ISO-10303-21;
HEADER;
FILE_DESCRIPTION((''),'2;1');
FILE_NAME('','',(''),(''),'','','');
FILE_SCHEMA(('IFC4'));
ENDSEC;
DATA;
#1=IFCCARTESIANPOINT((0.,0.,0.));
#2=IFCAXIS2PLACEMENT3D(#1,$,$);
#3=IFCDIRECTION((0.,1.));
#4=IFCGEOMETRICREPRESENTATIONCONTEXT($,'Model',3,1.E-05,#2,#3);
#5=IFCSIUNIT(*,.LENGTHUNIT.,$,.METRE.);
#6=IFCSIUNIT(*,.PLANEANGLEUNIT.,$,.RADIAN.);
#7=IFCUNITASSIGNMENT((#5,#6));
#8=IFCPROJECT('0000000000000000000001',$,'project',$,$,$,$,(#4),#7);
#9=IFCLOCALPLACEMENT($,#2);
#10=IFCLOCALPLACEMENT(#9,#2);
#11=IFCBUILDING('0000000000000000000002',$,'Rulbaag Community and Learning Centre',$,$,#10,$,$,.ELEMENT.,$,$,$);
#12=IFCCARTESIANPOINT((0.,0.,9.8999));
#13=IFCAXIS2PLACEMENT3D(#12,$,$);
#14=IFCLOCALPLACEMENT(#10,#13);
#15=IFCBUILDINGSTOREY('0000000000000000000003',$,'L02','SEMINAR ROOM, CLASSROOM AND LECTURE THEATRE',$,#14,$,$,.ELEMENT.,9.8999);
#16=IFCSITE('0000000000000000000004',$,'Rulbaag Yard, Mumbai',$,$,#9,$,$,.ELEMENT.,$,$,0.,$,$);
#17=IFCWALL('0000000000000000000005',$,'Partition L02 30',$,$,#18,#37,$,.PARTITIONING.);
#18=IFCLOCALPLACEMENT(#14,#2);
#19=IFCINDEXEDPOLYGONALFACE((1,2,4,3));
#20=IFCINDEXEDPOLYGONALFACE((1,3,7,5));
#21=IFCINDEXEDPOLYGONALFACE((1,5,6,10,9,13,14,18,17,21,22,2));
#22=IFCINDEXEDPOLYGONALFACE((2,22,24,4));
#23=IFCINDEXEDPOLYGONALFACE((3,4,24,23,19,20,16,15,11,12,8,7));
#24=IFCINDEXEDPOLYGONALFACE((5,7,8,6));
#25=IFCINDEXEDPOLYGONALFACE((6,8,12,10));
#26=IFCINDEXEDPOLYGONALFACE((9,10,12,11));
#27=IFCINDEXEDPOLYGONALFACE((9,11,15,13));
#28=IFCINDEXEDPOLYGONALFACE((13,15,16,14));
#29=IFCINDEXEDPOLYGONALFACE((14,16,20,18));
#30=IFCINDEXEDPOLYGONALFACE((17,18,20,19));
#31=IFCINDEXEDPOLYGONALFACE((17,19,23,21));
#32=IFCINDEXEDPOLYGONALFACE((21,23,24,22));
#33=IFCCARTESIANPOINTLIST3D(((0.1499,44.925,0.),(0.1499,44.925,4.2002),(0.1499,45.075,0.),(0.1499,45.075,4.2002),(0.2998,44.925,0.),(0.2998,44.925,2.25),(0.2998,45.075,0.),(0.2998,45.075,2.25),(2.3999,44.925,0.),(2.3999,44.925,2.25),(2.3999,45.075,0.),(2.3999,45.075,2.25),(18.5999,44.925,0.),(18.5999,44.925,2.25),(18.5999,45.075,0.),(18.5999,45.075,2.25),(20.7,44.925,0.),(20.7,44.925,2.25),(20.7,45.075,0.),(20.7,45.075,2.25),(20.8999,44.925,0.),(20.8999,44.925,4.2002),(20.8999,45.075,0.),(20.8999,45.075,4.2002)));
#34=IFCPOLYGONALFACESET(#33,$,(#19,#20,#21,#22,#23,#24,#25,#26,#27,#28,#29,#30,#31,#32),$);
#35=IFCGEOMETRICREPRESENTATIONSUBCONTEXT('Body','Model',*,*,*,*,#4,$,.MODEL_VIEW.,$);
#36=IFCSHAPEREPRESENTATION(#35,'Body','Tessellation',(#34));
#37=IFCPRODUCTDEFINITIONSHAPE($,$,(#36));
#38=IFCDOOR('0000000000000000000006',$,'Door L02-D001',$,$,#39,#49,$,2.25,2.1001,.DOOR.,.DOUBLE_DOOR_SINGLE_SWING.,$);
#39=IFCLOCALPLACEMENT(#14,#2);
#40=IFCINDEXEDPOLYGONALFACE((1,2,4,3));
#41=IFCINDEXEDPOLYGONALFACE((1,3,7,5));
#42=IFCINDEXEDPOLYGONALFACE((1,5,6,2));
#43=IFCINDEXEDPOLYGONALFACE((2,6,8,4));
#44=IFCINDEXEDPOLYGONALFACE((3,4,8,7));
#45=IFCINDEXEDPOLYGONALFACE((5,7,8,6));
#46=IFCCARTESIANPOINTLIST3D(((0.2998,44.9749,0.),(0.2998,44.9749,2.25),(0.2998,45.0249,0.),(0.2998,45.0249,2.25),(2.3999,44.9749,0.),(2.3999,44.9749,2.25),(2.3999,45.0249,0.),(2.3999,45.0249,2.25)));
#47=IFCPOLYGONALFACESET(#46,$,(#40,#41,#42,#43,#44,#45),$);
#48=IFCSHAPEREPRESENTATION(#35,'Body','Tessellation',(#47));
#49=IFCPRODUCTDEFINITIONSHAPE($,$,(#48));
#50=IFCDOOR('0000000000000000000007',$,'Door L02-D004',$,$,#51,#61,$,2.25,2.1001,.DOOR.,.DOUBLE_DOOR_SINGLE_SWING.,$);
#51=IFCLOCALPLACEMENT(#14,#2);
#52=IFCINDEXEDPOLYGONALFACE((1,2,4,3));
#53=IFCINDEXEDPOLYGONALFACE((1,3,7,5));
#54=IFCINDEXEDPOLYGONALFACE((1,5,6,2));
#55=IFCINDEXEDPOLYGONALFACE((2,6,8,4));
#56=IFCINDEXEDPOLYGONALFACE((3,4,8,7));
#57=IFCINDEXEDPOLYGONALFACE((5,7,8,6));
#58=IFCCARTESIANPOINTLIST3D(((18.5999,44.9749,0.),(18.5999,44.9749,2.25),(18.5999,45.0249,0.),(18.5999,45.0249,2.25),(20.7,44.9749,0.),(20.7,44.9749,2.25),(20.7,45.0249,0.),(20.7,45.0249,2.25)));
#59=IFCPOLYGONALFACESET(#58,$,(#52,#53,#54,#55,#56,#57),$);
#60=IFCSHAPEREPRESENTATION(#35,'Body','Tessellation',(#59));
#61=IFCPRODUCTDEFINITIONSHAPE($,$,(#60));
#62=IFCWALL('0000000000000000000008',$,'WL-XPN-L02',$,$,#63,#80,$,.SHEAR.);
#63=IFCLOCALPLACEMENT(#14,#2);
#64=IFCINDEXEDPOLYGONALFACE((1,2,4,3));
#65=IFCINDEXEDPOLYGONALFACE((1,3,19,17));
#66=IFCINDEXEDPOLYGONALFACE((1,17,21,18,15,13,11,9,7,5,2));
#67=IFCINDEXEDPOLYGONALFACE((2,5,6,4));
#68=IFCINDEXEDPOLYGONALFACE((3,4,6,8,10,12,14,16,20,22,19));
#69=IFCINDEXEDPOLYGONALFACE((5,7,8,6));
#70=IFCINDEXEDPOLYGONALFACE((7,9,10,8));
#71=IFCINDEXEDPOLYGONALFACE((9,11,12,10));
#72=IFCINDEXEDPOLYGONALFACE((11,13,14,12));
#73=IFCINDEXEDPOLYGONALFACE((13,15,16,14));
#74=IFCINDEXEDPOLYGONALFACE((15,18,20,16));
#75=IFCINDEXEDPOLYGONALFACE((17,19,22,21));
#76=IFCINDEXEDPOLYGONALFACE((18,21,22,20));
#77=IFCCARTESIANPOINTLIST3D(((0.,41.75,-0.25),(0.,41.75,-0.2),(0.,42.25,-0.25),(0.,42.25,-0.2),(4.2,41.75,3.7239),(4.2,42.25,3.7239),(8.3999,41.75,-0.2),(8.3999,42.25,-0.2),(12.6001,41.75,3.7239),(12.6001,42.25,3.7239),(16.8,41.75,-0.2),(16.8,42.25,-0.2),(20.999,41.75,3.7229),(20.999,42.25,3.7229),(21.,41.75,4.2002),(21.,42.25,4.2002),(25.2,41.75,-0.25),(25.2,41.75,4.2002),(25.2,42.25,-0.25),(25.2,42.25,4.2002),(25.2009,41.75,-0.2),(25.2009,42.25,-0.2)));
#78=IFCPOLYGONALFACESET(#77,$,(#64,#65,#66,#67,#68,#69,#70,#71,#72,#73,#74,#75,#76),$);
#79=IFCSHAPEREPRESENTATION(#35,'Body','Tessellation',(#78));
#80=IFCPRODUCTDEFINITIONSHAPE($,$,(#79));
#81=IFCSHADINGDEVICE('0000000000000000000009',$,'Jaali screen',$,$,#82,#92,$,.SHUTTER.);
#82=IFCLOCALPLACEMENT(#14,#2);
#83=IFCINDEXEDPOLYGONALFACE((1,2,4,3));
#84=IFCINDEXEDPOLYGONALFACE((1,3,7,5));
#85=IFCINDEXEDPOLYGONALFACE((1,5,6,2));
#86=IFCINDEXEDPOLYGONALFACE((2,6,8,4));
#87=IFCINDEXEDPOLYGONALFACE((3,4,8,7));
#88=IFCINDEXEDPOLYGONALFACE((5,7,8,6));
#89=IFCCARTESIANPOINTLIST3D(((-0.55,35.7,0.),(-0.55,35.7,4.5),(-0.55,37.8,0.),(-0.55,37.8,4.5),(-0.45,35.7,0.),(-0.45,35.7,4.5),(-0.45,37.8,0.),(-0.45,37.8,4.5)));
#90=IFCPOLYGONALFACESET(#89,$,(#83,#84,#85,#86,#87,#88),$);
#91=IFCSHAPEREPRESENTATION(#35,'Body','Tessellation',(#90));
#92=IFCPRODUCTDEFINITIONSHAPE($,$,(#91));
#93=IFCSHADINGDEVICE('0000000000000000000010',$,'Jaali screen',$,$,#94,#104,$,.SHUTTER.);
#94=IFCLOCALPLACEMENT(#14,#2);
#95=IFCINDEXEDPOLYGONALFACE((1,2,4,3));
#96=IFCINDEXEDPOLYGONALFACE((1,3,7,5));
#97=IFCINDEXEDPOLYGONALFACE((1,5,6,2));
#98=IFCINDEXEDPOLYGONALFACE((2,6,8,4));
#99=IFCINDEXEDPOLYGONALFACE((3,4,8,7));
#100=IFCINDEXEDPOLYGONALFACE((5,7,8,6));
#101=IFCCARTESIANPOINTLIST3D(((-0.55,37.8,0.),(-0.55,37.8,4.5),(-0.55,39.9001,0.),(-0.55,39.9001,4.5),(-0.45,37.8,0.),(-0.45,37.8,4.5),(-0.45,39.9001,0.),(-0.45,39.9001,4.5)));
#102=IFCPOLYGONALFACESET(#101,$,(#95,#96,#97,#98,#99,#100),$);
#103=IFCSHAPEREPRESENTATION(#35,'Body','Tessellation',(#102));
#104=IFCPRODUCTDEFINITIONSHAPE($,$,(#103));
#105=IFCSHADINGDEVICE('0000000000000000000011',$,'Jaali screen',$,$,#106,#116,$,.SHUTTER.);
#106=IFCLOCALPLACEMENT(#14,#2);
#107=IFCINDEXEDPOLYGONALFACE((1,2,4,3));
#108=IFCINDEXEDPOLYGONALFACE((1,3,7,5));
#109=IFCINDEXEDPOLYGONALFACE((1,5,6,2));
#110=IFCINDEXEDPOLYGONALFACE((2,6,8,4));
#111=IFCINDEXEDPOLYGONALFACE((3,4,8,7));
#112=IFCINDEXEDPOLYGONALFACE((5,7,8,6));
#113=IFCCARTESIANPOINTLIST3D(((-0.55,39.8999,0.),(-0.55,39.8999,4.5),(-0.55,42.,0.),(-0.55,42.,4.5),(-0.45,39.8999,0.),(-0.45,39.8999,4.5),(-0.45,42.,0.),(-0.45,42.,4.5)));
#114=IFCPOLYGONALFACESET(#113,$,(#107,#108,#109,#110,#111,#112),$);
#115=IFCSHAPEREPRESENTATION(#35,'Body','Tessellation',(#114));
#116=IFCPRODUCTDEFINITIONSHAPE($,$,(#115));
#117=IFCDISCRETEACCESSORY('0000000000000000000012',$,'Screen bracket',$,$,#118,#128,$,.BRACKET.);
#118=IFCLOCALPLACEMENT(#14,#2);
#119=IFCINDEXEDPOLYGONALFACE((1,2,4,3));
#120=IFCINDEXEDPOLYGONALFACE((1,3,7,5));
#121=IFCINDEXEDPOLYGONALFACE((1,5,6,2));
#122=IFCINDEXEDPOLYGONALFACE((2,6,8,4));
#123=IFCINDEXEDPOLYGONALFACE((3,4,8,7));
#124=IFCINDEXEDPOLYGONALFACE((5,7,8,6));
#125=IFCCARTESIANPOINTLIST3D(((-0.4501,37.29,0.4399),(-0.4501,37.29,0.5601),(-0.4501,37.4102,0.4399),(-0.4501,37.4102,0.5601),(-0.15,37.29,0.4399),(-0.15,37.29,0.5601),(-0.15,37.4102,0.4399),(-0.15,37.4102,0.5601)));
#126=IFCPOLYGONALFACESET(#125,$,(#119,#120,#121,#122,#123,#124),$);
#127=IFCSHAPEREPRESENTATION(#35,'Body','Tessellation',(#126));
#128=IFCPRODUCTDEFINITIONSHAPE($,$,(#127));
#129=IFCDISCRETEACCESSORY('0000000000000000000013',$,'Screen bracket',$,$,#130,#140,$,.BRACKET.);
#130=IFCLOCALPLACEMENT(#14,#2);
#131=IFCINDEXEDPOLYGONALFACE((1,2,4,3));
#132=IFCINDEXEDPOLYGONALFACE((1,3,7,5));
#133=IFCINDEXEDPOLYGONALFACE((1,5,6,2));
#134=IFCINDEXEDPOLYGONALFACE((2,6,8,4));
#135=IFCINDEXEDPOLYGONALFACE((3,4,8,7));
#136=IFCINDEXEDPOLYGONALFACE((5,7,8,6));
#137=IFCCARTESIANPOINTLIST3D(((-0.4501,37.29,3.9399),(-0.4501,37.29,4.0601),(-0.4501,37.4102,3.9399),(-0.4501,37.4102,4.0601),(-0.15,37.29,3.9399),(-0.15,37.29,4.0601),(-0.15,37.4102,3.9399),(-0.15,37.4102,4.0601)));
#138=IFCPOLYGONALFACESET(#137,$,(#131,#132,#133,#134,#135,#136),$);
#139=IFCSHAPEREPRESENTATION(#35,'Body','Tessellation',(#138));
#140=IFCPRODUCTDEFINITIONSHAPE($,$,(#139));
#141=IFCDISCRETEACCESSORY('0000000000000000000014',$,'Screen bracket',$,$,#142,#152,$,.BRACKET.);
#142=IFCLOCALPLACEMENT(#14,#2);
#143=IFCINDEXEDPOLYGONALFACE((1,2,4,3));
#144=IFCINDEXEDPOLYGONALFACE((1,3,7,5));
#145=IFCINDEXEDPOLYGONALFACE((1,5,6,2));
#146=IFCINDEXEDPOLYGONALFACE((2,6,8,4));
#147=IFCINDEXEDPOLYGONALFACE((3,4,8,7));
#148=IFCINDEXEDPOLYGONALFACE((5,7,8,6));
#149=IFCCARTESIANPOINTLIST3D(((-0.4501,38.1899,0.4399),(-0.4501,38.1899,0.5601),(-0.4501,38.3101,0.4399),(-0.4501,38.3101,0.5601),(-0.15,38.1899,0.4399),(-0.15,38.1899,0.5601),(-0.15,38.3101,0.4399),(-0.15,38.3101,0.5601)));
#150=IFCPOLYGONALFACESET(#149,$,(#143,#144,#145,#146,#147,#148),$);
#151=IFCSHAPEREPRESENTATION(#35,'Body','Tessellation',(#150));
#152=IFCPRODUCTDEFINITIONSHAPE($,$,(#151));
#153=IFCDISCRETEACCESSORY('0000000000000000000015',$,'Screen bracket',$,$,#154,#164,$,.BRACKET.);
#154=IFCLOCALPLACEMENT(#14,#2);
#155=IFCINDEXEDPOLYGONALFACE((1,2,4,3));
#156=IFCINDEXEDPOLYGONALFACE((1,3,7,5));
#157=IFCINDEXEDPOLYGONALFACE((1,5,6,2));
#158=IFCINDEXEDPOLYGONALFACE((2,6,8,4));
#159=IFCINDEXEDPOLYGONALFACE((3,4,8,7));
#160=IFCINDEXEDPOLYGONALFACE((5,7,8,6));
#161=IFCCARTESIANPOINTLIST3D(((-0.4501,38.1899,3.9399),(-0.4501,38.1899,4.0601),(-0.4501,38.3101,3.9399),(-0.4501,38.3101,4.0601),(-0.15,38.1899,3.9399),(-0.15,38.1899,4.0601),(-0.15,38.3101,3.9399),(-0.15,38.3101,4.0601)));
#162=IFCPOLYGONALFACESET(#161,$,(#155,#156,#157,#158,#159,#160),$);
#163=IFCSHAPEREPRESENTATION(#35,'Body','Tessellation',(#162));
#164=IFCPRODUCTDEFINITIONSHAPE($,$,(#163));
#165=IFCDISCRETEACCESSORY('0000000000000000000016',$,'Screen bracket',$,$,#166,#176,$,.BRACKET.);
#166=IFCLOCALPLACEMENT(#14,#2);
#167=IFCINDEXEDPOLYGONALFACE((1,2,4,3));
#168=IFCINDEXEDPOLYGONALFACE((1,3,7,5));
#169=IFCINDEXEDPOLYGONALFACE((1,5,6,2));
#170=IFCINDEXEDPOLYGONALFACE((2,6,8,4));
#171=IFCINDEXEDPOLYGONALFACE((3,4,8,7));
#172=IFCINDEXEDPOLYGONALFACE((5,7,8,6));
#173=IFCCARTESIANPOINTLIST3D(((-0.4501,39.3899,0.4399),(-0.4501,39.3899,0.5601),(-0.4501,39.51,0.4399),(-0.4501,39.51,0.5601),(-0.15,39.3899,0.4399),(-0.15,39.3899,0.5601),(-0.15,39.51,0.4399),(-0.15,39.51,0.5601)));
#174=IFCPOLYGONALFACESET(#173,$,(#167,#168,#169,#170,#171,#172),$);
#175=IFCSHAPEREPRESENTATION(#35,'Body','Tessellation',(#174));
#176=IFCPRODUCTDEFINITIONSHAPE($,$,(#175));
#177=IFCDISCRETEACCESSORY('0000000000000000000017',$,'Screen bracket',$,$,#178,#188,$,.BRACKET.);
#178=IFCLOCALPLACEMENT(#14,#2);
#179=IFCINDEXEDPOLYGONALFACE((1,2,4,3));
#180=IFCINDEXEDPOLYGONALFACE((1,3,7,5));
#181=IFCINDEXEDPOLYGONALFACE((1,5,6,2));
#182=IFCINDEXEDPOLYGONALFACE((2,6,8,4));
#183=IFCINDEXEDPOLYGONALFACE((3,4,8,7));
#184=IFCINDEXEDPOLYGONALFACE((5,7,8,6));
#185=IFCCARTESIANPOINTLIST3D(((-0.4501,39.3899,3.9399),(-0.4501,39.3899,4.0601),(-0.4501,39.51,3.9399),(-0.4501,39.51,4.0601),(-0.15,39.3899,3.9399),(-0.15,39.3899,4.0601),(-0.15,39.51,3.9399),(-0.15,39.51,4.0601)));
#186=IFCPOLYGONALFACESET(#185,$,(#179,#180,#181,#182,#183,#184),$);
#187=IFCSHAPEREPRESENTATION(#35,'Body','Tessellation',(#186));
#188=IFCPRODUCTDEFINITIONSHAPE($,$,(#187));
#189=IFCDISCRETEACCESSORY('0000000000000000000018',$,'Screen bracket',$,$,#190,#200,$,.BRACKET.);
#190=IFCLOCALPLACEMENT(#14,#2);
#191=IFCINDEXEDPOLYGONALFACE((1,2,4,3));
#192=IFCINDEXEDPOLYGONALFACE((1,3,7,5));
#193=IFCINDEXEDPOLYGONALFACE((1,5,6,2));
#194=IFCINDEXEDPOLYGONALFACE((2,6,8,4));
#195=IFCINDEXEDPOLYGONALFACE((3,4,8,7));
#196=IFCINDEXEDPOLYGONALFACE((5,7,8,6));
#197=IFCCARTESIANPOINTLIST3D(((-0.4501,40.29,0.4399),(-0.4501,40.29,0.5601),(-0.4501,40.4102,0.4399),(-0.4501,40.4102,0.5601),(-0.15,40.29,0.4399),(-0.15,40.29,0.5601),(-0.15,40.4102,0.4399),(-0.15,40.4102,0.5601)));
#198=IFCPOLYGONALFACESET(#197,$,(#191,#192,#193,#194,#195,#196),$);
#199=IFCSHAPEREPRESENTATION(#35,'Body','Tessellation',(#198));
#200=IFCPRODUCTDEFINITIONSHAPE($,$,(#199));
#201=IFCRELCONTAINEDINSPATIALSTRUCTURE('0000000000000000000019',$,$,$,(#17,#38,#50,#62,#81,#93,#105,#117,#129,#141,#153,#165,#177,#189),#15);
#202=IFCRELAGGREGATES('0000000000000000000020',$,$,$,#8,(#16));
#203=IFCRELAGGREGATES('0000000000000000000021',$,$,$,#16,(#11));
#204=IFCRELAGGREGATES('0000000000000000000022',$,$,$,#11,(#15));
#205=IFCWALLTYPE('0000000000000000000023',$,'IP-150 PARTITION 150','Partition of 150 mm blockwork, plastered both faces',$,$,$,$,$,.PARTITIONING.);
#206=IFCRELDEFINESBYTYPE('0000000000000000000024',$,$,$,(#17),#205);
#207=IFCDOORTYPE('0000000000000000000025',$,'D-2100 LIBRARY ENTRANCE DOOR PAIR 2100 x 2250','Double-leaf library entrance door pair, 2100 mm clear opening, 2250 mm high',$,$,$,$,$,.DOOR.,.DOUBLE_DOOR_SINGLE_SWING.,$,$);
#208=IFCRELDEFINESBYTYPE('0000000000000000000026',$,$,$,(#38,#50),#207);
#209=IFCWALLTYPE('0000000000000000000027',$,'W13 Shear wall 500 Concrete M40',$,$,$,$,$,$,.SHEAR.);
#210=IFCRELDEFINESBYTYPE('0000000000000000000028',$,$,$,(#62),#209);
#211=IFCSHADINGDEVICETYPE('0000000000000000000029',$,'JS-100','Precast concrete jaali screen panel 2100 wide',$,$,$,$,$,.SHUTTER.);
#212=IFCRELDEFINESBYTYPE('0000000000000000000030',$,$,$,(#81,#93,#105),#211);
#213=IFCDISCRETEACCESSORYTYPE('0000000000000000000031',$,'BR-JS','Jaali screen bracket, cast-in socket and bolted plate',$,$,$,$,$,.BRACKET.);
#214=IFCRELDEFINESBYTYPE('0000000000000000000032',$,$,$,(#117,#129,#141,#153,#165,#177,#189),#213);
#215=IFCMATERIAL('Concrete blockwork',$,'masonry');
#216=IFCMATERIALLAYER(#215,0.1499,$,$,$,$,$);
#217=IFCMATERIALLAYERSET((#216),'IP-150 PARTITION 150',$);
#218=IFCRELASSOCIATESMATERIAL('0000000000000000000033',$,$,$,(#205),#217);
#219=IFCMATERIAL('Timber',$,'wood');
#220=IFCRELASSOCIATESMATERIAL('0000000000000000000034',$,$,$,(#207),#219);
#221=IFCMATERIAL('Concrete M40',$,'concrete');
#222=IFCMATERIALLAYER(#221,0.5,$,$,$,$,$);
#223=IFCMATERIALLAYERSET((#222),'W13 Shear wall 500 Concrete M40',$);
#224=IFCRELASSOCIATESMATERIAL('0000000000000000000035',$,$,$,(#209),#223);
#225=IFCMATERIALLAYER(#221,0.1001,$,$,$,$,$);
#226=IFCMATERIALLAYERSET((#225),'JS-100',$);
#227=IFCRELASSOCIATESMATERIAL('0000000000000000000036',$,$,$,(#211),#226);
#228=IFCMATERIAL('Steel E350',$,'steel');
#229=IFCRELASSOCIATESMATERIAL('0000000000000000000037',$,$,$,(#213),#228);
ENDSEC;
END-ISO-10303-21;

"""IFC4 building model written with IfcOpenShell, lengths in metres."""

from ifc_helpers import new_model, si_unit, direction, frame, frame_2d, origin, origin_2d, place, context, subcontext, project, spatial, polyline, rectangle, outline, extrude, material, layer, layer_set, type_object, element, fill, save


model = new_model("IFC4")

# Units and contexts
model_context = context("Model", 3, precision=1e-05, world=origin(), true_north=direction((0.0, 1.0)))
body_context = subcontext(model_context, "Body", "Model", "MODEL_VIEW")
ifc_project = project(units=[si_unit("LENGTHUNIT", "METRE"), si_unit("PLANEANGLEUNIT", "RADIAN")], contexts=[model_context])

# Site, building, storey
site_placement = place(None, origin())
site = spatial("IfcSite", under=ifc_project, at=site_placement, Name="Rulbaag Yard, Mumbai", CompositionType="ELEMENT", RefElevation=0.0)
building_placement = place(site_placement, origin())
building = spatial("IfcBuilding", under=site, at=building_placement, Name="Rulbaag Community and Learning Centre", CompositionType="ELEMENT")
storey_placement = place(building_placement, frame((0.0, 0.0, 9.8999)))
storey = spatial("IfcBuildingStorey", under=building, at=storey_placement, Name="L02", Description="SEMINAR ROOM, CLASSROOM AND LECTURE THEATRE", CompositionType="ELEMENT", Elevation=9.8999)

# Shared definitions
ifc_material_1 = material(Name="Concrete M40", Category="concrete")

# Wall, openings, doors
ifc_material_2 = material(Name="Concrete blockwork", Category="masonry")
ifc_layer_1 = layer(ifc_material_2, 0.1499)
ifc_layer_set_1 = layer_set([ifc_layer_1], Name="IP-150 PARTITION 150")
wall_type_1 = type_object("IfcWallType", Name="IP-150 PARTITION 150", Description="Partition of 150 mm blockwork, plastered both faces", PredefinedType="PARTITIONING", material=ifc_layer_set_1)
wall_1_placement = place(storey_placement, frame((0.1499, 45.0, 0.0), z_axis=(0.0, 0.0, 1.0), x_axis=(1.0, 0.0, 0.0)))
wall_1 = element("IfcWall", 1, at=wall_1_placement, inside=storey, type_object=wall_type_1, Name="Partition L02 30", PredefinedType="PARTITIONING", context=body_context, shape_type="SweptSolid", body=[
    extrude(rectangle(XDim=20.75, YDim=0.1499, at=frame_2d((10.375, 0.0))), origin(), (0.0, 0.0, 1.0), 4.2002),
])
opening_1_placement = place(wall_1_placement, frame((0.1499, 0.0, 0.0)))
opening_1 = element("IfcOpeningElement", 2, at=opening_1_placement, cuts=wall_1, PredefinedType="OPENING", context=body_context, shape_type="SweptSolid", body=[
    extrude(rectangle(XDim=2.1001, YDim=2.25, at=frame_2d((1.05, 1.125))), frame((0.0, 0.085, 0.0), z_axis=(0.0, -1.0, 0.0), x_axis=(1.0, 0.0, 0.0)), (0.0, 0.0, 1.0), 0.1699),
])
opening_2_placement = place(wall_1_placement, frame((18.45, 0.0, 0.0)))
opening_2 = element("IfcOpeningElement", 3, at=opening_2_placement, cuts=wall_1, PredefinedType="OPENING", context=body_context, shape_type="SweptSolid", body=[
    extrude(rectangle(XDim=2.1001, YDim=2.25, at=frame_2d((1.05, 1.125))), frame((0.0, 0.085, 0.0), z_axis=(0.0, -1.0, 0.0), x_axis=(1.0, 0.0, 0.0)), (0.0, 0.0, 1.0), 0.1699),
])
ifc_material_3 = material(Name="Timber", Category="wood")
door_type = type_object("IfcDoorType", Name="D-2100 LIBRARY ENTRANCE DOOR PAIR 2100 x 2250", Description="Double-leaf library entrance door pair, 2100 mm clear opening, 2250 mm high", OperationType="DOUBLE_DOOR_SINGLE_SWING", PredefinedType="DOOR", material=ifc_material_3)
door_1_placement = place(opening_1_placement, origin())
door_1 = element("IfcDoor", 4, at=door_1_placement, inside=storey, type_object=door_type, Name="Door L02-D001", OperationType="DOUBLE_DOOR_SINGLE_SWING", OverallHeight=2.25, OverallWidth=2.1001, PredefinedType="DOOR", context=body_context, shape_type="SweptSolid", body=[
    extrude(rectangle(XDim=2.1001, YDim=2.25, at=frame_2d((1.05, 1.125))), frame((0.0, 0.0249, 0.0), z_axis=(0.0, -1.0, 0.0), x_axis=(1.0, 0.0, 0.0)), (0.0, 0.0, 1.0), 0.05),
])
fill(opening_1, door_1)
door_2_placement = place(opening_2_placement, origin())
door_2 = element("IfcDoor", 5, at=door_2_placement, inside=storey, type_object=door_type, Name="Door L02-D004", OperationType="DOUBLE_DOOR_SINGLE_SWING", OverallHeight=2.25, OverallWidth=2.1001, PredefinedType="DOOR", context=body_context, shape_type="SweptSolid", body=[
    extrude(rectangle(XDim=2.1001, YDim=2.25, at=frame_2d((1.05, 1.125))), frame((0.0, 0.0249, 0.0), z_axis=(0.0, -1.0, 0.0), x_axis=(1.0, 0.0, 0.0)), (0.0, 0.0, 1.0), 0.05),
])
fill(opening_2, door_2)

# Wall
ifc_layer_2 = layer(ifc_material_1, 0.5)
ifc_layer_set_2 = layer_set([ifc_layer_2], Name="W13 Shear wall 500 Concrete M40")
wall_type_2 = type_object("IfcWallType", Name="W13 Shear wall 500 Concrete M40", PredefinedType="SHEAR", material=ifc_layer_set_2)
wall_2_placement = place(storey_placement, frame((0.0, 42.0, -0.25), z_axis=(0.0, 0.0, 1.0), x_axis=(1.0, 0.0, 0.0)))
element("IfcWall", 6, at=wall_2_placement, inside=storey, type_object=wall_type_2, Name="WL-XPN-L02", PredefinedType="SHEAR", context=body_context, shape_type="SweptSolid", body=[
    extrude(outline(polyline([(0.0, 0.0), (25.2, 0.0), (25.2009, 0.05), (25.2, 4.4502), (21.0, 4.4502), (20.999, 3.9729), (16.8, 0.05), (12.6001, 3.9739), (8.3999, 0.05), (4.2, 3.9739), (0.0, 0.05), (0.0, 0.0)])), frame((0.0, 0.25, 0.0), z_axis=(0.0, -1.0, 0.0), x_axis=(1.0, 0.0, 0.0)), (0.0, 0.0, 1.0), 0.5),
])

# Shading devices
ifc_layer_3 = layer(ifc_material_1, 0.1001)
ifc_layer_set_3 = layer_set([ifc_layer_3], Name="JS-100")
shading_device_type = type_object("IfcShadingDeviceType", Name="JS-100", Description="Precast concrete jaali screen panel 2100 wide", PredefinedType="SHUTTER", material=ifc_layer_set_3)
for number, where, z_axis, x_axis, name in (
    (7, (-0.5, 36.75, 0.0), (0.0, 0.0, 1.0), (1.0, 0.0, 0.0), "Jaali screen"),
    (8, (-0.5, 38.8501, 0.0), (0.0, 0.0, 1.0), (1.0, 0.0, 0.0), "Jaali screen"),
    (9, (-0.5, 40.95, 0.0), (0.0, 0.0, 1.0), (1.0, 0.0, 0.0), "Jaali screen"),
):
    element("IfcShadingDevice", number, at=place(storey_placement, frame(where, z_axis=z_axis, x_axis=x_axis)), inside=storey, type_object=shading_device_type, Name=name, PredefinedType="SHUTTER", context=body_context, shape_type="SweptSolid", body=[
        extrude(rectangle(XDim=0.1001, YDim=2.1001, at=origin_2d()), origin(), (0.0, 0.0, 1.0), 4.5),
    ])

# Discrete accessories
ifc_material_4 = material(Name="Steel E350", Category="steel")
discrete_accessory_type = type_object("IfcDiscreteAccessoryType", Name="BR-JS", Description="Jaali screen bracket, cast-in socket and bolted plate", PredefinedType="BRACKET", material=ifc_material_4)
for number, where, z_axis, x_axis, name in (
    (10, (-0.3, 37.3501, 0.4399), (0.0, 0.0, 1.0), (1.0, 0.0, 0.0), "Screen bracket"),
    (11, (-0.3, 37.3501, 3.9399), (0.0, 0.0, 1.0), (1.0, 0.0, 0.0), "Screen bracket"),
    (12, (-0.3, 38.25, 0.4399), (0.0, 0.0, 1.0), (1.0, 0.0, 0.0), "Screen bracket"),
    (13, (-0.3, 38.25, 3.9399), (0.0, 0.0, 1.0), (1.0, 0.0, 0.0), "Screen bracket"),
    (14, (-0.3, 39.45, 0.4399), (0.0, 0.0, 1.0), (1.0, 0.0, 0.0), "Screen bracket"),
    (15, (-0.3, 39.45, 3.9399), (0.0, 0.0, 1.0), (1.0, 0.0, 0.0), "Screen bracket"),
    (16, (-0.3, 40.3501, 0.4399), (0.0, 0.0, 1.0), (1.0, 0.0, 0.0), "Screen bracket"),
):
    element("IfcDiscreteAccessory", number, at=place(storey_placement, frame(where, z_axis=z_axis, x_axis=x_axis)), inside=storey, type_object=discrete_accessory_type, Name=name, PredefinedType="BRACKET", context=body_context, shape_type="SweptSolid", body=[
        extrude(rectangle(XDim=0.3, YDim=0.1201, at=origin_2d()), origin(), (0.0, 0.0, 1.0), 0.1201),
    ])

save(model, "model.ifc")
